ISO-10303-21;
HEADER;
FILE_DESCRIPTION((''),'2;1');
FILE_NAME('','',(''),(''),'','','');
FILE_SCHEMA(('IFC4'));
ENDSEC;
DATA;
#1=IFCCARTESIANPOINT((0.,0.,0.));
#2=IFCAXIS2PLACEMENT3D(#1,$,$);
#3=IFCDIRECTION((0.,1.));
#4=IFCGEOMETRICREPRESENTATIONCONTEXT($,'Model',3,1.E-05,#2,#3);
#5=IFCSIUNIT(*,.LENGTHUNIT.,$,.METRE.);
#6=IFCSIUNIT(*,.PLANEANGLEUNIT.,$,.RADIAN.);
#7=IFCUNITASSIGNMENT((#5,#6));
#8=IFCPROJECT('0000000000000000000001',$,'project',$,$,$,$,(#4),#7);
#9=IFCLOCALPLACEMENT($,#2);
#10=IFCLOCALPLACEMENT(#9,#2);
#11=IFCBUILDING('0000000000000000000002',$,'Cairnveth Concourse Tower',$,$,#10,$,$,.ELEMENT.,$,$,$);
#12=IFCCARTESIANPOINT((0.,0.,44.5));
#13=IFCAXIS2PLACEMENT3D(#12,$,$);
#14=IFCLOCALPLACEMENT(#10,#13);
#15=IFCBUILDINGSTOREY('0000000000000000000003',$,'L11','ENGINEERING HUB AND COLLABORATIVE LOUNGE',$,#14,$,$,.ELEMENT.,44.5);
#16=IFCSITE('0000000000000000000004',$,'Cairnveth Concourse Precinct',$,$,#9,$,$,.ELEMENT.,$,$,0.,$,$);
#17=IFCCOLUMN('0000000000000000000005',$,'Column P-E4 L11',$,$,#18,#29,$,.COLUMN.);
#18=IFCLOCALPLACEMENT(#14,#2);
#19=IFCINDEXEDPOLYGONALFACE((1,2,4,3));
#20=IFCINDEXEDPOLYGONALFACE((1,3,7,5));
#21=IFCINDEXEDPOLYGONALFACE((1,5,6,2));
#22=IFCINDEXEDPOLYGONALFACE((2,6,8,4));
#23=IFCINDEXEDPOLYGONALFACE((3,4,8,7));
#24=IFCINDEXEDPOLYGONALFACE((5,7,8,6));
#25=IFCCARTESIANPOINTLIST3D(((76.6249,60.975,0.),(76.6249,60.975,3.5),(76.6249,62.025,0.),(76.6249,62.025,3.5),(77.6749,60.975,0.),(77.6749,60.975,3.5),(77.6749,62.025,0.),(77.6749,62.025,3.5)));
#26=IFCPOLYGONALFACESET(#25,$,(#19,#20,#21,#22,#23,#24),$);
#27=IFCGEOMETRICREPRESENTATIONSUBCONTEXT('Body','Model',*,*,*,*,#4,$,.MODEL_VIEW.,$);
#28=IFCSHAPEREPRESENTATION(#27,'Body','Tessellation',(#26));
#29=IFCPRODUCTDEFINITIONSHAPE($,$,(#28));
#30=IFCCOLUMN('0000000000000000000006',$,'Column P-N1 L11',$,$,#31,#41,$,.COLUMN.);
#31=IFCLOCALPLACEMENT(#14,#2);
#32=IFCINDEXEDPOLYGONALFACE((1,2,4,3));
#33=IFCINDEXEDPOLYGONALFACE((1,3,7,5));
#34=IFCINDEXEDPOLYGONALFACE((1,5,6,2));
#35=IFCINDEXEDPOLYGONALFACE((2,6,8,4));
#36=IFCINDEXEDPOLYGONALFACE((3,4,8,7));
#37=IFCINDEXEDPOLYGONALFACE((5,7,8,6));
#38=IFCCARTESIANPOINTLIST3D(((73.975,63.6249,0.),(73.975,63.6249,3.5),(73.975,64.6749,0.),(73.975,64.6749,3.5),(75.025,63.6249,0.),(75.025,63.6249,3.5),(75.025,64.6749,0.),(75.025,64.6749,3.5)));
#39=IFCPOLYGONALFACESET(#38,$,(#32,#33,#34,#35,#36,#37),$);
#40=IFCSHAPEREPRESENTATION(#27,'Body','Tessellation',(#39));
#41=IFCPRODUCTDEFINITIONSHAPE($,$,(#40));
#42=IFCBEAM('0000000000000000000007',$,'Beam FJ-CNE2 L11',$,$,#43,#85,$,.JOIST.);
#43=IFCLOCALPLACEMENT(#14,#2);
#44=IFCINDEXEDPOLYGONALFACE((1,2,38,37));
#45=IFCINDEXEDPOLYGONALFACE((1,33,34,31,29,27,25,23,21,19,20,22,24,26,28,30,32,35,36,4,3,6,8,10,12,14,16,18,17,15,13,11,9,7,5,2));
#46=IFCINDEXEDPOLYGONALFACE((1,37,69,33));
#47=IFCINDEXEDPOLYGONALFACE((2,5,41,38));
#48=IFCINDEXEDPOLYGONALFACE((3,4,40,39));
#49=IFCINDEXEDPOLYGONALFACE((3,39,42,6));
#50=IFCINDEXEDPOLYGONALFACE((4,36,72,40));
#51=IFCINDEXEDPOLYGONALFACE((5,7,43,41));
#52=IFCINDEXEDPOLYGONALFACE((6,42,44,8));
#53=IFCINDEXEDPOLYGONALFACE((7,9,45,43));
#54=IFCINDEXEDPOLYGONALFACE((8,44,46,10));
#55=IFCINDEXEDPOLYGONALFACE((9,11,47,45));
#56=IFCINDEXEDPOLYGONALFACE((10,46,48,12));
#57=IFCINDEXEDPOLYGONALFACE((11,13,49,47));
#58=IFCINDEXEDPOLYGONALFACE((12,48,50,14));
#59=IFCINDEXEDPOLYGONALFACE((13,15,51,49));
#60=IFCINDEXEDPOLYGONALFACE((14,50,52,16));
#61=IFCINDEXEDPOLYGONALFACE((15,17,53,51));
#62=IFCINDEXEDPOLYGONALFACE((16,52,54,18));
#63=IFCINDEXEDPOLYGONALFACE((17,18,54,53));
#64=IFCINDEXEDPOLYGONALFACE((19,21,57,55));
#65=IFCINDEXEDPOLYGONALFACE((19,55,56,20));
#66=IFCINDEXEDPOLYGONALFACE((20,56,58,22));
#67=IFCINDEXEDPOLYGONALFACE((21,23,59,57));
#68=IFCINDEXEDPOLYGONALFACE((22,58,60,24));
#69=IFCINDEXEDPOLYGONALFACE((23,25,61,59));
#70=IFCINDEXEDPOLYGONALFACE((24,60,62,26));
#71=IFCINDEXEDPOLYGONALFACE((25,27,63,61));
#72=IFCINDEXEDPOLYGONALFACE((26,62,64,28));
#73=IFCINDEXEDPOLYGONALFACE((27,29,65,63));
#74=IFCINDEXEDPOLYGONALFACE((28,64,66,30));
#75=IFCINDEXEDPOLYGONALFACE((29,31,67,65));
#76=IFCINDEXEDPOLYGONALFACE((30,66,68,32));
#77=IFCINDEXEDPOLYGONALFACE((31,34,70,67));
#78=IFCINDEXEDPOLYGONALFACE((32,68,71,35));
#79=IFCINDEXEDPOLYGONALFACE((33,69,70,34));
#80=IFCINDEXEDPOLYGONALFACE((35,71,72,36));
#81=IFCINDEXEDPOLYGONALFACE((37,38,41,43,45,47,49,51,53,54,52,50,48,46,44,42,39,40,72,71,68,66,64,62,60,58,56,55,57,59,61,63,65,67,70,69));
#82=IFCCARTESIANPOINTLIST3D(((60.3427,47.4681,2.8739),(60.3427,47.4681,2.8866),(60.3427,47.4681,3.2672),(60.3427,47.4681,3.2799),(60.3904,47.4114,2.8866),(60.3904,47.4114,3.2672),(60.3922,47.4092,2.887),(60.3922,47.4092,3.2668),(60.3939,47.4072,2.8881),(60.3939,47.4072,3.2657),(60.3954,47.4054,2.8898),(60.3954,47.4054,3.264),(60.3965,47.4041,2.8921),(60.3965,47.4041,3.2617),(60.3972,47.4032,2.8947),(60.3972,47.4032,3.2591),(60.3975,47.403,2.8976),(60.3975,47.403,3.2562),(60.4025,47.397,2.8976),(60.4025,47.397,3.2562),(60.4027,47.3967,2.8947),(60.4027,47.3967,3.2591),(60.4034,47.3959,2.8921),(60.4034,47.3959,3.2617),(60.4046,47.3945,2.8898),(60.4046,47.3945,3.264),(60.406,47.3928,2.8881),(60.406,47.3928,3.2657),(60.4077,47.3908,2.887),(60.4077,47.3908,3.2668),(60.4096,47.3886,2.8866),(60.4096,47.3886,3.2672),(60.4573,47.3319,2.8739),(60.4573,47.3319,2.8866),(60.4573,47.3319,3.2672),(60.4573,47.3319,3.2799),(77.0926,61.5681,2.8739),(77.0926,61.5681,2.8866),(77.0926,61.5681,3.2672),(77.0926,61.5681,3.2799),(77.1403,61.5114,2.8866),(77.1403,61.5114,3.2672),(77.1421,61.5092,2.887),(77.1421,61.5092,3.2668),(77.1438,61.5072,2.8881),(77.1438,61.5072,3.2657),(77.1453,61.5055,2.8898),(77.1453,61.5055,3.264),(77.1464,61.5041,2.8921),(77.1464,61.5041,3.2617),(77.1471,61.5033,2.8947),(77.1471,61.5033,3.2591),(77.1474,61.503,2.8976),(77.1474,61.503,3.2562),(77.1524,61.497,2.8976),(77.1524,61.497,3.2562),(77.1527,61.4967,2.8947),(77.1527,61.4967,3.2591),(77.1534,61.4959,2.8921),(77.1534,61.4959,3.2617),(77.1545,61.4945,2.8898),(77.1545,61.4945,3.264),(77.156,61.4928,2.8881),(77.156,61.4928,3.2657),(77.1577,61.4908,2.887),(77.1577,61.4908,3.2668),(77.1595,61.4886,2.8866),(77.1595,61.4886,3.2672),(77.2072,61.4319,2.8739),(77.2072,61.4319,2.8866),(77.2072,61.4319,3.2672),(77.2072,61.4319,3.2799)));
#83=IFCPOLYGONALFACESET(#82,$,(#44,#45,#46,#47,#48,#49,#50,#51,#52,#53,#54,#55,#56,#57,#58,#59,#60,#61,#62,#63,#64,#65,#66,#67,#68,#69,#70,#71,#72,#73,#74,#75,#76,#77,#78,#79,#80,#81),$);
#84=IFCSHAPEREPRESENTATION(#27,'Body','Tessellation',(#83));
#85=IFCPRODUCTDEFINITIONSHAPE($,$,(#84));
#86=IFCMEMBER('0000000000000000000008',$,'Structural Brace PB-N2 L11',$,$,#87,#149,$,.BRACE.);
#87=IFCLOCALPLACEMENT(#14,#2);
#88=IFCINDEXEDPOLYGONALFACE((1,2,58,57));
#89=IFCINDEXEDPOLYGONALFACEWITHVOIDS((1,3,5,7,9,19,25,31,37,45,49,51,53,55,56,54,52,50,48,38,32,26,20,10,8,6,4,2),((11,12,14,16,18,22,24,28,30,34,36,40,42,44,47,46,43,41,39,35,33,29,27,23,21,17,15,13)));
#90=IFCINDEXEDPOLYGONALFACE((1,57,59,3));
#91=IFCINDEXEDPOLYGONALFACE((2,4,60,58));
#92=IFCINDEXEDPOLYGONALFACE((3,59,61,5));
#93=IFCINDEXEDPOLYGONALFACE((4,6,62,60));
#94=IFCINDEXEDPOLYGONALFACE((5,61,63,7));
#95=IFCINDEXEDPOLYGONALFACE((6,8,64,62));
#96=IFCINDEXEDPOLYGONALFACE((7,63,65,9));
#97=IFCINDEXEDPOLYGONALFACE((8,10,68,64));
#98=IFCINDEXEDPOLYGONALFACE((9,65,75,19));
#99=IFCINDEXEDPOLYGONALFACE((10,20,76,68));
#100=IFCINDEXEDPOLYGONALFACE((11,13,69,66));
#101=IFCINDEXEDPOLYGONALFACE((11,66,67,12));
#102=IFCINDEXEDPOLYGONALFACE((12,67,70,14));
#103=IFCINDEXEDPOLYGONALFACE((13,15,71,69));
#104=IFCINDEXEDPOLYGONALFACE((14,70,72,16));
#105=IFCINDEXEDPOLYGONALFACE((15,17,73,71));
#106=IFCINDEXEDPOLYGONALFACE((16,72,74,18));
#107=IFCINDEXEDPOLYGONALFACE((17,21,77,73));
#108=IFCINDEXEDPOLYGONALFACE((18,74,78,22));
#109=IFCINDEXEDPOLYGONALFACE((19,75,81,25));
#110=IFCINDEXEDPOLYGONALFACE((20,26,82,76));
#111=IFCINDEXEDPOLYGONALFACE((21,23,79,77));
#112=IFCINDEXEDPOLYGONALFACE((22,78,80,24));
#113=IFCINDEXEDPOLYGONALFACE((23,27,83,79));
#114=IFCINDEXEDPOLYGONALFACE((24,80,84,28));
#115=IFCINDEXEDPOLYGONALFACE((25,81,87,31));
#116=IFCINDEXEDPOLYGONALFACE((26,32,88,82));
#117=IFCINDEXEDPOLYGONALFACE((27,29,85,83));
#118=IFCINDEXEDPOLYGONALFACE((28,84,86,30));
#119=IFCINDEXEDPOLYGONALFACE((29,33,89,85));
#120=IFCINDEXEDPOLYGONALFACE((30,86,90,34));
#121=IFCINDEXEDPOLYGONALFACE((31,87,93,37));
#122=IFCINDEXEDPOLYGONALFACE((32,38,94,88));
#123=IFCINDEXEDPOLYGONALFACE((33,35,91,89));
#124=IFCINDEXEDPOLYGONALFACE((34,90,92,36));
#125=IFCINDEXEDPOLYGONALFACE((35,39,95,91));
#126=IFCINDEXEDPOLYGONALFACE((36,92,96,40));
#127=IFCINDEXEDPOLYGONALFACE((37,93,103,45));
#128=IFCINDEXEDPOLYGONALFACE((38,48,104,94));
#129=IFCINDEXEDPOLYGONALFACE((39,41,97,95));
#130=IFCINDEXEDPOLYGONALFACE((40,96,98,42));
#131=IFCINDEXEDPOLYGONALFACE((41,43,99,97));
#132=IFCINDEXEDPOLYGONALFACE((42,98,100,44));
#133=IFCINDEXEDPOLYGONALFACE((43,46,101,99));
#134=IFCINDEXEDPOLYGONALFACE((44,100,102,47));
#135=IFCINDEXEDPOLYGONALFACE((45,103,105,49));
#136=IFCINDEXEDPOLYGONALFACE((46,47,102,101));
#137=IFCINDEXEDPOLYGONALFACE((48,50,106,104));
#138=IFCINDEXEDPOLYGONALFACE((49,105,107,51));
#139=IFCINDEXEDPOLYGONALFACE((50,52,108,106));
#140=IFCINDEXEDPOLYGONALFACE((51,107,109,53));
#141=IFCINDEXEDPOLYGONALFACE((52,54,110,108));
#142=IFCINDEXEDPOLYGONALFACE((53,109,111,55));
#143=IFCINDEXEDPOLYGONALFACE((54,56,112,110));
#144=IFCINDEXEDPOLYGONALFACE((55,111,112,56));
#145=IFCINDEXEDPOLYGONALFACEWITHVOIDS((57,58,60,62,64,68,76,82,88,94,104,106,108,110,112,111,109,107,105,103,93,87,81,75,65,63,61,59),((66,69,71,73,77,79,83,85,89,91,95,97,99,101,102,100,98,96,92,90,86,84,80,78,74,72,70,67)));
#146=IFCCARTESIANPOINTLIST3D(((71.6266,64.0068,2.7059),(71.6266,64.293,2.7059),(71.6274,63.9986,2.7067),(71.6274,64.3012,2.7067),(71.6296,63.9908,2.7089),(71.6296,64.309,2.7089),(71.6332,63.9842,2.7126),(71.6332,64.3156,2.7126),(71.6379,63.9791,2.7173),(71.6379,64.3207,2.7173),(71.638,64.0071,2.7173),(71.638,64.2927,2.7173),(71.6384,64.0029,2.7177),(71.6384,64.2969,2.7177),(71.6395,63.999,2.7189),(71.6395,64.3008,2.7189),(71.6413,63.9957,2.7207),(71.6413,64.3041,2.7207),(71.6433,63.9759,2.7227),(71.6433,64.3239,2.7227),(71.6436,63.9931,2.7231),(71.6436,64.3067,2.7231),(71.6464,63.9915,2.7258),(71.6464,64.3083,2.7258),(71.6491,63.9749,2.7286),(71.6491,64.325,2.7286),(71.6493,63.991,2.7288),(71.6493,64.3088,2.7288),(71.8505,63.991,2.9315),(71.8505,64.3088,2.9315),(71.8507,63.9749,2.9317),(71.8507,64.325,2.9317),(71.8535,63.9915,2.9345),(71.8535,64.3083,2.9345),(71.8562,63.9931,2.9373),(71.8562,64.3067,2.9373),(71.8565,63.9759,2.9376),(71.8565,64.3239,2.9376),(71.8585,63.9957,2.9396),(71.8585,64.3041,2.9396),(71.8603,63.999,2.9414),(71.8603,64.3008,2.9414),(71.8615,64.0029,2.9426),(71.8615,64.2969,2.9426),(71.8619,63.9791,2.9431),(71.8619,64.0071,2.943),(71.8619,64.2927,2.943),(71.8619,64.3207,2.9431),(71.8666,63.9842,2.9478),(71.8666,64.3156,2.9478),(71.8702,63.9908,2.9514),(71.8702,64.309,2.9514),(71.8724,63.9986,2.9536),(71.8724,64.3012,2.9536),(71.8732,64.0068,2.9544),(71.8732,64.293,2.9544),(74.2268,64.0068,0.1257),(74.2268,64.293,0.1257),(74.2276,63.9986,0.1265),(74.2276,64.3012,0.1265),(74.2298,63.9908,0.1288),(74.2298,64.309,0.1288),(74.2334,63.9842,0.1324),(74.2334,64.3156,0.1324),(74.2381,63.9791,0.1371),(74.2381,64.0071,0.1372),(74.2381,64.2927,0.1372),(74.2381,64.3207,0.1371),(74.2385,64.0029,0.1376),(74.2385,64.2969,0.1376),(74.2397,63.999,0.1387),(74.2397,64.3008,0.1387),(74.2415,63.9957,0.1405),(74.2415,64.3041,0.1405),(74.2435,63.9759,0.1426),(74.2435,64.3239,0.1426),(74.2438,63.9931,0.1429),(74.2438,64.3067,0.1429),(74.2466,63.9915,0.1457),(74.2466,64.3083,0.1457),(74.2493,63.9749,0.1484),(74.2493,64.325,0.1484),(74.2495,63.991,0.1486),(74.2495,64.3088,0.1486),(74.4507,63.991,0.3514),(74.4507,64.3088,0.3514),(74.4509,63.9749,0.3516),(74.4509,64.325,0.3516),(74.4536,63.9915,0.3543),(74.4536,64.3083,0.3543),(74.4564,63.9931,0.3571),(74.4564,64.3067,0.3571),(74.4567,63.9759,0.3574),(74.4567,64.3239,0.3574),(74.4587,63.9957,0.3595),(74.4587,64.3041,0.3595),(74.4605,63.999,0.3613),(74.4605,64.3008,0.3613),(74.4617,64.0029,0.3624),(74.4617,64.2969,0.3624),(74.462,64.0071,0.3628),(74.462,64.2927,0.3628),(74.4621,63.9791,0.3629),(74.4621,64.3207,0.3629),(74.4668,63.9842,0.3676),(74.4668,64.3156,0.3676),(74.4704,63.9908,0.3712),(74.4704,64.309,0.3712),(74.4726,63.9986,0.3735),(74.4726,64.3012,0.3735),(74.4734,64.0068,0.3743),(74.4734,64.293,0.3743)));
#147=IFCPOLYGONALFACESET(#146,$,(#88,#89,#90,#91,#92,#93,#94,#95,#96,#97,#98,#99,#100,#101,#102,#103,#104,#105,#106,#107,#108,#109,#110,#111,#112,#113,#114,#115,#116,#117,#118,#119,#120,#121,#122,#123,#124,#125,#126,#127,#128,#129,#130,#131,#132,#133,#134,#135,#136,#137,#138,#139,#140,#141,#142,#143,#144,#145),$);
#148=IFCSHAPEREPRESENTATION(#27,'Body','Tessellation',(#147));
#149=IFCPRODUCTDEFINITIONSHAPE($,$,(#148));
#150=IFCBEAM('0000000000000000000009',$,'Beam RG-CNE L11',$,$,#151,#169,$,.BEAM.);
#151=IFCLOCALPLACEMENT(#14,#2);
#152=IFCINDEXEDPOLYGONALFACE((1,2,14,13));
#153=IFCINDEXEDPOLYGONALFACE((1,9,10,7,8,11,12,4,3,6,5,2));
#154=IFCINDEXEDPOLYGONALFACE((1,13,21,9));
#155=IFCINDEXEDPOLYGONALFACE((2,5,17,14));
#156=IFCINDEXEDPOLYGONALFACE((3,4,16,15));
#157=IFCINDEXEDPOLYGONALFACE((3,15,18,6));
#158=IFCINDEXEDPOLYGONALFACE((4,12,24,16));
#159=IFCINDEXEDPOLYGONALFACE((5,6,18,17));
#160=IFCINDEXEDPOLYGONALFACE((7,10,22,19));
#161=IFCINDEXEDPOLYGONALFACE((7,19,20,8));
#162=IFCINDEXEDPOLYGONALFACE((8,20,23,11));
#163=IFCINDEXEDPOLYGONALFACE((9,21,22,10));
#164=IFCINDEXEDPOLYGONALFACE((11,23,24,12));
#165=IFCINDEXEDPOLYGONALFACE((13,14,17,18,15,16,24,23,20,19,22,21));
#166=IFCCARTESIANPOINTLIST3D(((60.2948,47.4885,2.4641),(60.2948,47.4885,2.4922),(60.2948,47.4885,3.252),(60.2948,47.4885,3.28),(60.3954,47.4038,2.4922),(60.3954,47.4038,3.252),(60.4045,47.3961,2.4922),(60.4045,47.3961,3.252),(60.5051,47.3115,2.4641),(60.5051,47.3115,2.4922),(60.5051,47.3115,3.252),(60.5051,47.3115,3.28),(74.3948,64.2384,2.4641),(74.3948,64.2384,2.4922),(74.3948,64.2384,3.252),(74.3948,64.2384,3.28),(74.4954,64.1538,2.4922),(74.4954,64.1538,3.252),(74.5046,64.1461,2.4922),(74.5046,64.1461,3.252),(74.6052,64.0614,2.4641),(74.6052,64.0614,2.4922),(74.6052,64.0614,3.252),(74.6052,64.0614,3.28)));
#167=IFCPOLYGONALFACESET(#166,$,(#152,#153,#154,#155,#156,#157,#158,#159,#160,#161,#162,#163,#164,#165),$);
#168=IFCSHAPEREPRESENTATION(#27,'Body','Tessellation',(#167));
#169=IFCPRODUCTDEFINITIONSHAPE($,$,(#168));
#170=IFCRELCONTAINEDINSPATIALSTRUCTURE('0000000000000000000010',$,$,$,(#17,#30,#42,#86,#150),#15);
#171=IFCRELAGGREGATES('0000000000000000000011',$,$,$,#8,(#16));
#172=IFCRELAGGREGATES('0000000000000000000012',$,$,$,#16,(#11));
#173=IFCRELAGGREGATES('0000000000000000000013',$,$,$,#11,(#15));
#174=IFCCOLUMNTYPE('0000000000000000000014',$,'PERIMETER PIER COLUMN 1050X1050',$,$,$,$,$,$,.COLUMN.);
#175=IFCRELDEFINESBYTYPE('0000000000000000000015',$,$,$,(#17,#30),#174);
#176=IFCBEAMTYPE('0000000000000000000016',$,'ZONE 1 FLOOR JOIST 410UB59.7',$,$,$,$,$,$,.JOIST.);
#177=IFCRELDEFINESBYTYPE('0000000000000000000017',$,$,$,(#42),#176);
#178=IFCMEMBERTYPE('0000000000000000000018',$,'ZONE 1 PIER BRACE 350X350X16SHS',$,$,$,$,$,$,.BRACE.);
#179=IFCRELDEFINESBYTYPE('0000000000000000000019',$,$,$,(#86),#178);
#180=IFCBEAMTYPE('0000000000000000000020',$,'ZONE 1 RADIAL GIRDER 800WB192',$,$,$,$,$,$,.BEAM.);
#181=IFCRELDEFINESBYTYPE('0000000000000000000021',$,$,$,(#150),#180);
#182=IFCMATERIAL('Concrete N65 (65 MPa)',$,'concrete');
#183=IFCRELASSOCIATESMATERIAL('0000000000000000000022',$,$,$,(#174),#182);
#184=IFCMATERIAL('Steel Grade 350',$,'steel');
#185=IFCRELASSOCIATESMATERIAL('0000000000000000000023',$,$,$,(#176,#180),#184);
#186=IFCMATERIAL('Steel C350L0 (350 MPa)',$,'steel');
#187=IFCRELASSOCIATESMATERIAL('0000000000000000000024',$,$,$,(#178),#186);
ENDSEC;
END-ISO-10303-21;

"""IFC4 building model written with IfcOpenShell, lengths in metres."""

from ifc_helpers import new_model, si_unit, direction, frame, origin, origin_2d, place, context, subcontext, project, spatial, rectangle, hollow_rectangle, i_section, extrude, material, material_profile, profile_set, type_object, element, save


model = new_model("IFC4")

# Units and contexts
model_context = context("Model", 3, precision=1e-05, world=origin(), true_north=direction((0.0, 1.0)))
body_context = subcontext(model_context, "Body", "Model", "MODEL_VIEW")
ifc_project = project(units=[si_unit("LENGTHUNIT", "METRE"), si_unit("PLANEANGLEUNIT", "RADIAN")], contexts=[model_context])

# Site, building, storey
site_placement = place(None, origin())
site = spatial("IfcSite", under=ifc_project, at=site_placement, Name="Cairnveth Concourse Precinct", CompositionType="ELEMENT", RefElevation=0.0)
building_placement = place(site_placement, origin())
building = spatial("IfcBuilding", under=site, at=building_placement, Name="Cairnveth Concourse Tower", CompositionType="ELEMENT")
storey_placement = place(building_placement, frame((0.0, 0.0, 44.5)))
storey = spatial("IfcBuildingStorey", under=building, at=storey_placement, Name="L11", Description="ENGINEERING HUB AND COLLABORATIVE LOUNGE", CompositionType="ELEMENT", Elevation=44.5)

# Columns
ifc_material_1 = material(Name="Concrete N65 (65 MPa)", Category="concrete")
ifc_material_profile_1 = material_profile(ifc_material_1, rectangle(XDim=1.05, YDim=1.05, at=origin_2d()), Name="RC-COL-1050x1050")
ifc_profile_set_1 = profile_set([ifc_material_profile_1], Name="Concrete N65 (65 MPa)")
column_type = type_object("IfcColumnType", Name="PERIMETER PIER COLUMN 1050X1050", PredefinedType="COLUMN", material=ifc_profile_set_1)
for number, where, z_axis, x_axis, name in (
    (1, (77.1499, 61.5, 0.0), (0.0, 0.0, 1.0), (0.0, 1.0, 0.0), "Column P-E4 L11"),
    (2, (74.5, 64.1499, 0.0), (0.0, 0.0, 1.0), (1.0, 0.0, 0.0), "Column P-N1 L11"),
):
    element("IfcColumn", number, at=place(storey_placement, frame(where, z_axis=z_axis, x_axis=x_axis)), inside=storey, type_object=column_type, Name=name, PredefinedType="COLUMN", context=body_context, shape_type="SweptSolid", body=[
        extrude(rectangle(XDim=1.05, YDim=1.05, at=origin_2d()), origin(), (0.0, 0.0, 1.0), 3.5),
    ])

# Beam
ifc_material_2 = material(Name="Steel Grade 350", Category="steel")
ifc_material_profile_2 = material_profile(ifc_material_2, i_section(OverallWidth=0.178, OverallDepth=0.406, WebThickness=0.0078, FlangeThickness=0.0127, FilletRadius=0.011, at=origin_2d()), Name="410UB59.7")
ifc_profile_set_2 = profile_set([ifc_material_profile_2], Name="Steel Grade 350")
beam_type_1 = type_object("IfcBeamType", Name="ZONE 1 FLOOR JOIST 410UB59.7", PredefinedType="JOIST", material=ifc_profile_set_2)
beam_1_placement = place(storey_placement, frame((77.1499, 61.5, 3.0769), z_axis=(-0.765027, -0.643998, 0.0), x_axis=(0.643998, -0.765027, 0.0)))
element("IfcBeam", 3, at=beam_1_placement, inside=storey, type_object=beam_type_1, Name="Beam FJ-CNE2 L11", PredefinedType="JOIST", context=body_context, shape_type="SweptSolid", body=[
    extrude(i_section(OverallWidth=0.178, OverallDepth=0.406, WebThickness=0.0078, FlangeThickness=0.0127, FilletRadius=0.011, at=origin_2d()), origin(), (0.0, 0.0, 1.0), 21.8945),
])

# Member
ifc_material_3 = material(Name="Steel C350L0 (350 MPa)", Category="steel")
ifc_material_profile_3 = material_profile(ifc_material_3, hollow_rectangle(XDim=0.3501, YDim=0.3501, WallThickness=0.0161, InnerFilletRadius=0.0161, OuterFilletRadius=0.032, at=origin_2d()), Name="350x350x16.0SHS")
ifc_profile_set_3 = profile_set([ifc_material_profile_3], Name="Steel C350L0 (350 MPa)")
member_type = type_object("IfcMemberType", Name="ZONE 1 PIER BRACE 350X350X16SHS", PredefinedType="BRACE", material=ifc_profile_set_3)
member_placement = place(storey_placement, frame((74.3501, 64.1499, 0.25), z_axis=(-0.709834, 0.0, 0.704369), x_axis=(0.0, -1.0, 0.0)))
element("IfcMember", 4, at=member_placement, inside=storey, type_object=member_type, Name="Structural Brace PB-N2 L11", PredefinedType="BRACE", context=body_context, shape_type="SweptSolid", body=[
    extrude(hollow_rectangle(XDim=0.3501, YDim=0.3501, WallThickness=0.0161, InnerFilletRadius=0.0161, OuterFilletRadius=0.032, at=origin_2d()), origin(), (0.0, 0.0, 1.0), 3.6631),
])

# Beam
ifc_material_profile_4 = material_profile(ifc_material_2, i_section(OverallWidth=0.2749, OverallDepth=0.8159, WebThickness=0.012, FlangeThickness=0.0281, at=origin_2d()), Name="800WB192")
ifc_profile_set_4 = profile_set([ifc_material_profile_4], Name="Steel Grade 350")
beam_type_2 = type_object("IfcBeamType", Name="ZONE 1 RADIAL GIRDER 800WB192", PredefinedType="BEAM", material=ifc_profile_set_4)
beam_2_placement = place(storey_placement, frame((74.5, 64.1499, 2.8721), z_axis=(-0.643998, -0.765027, 0.0), x_axis=(0.765027, -0.643998, 0.0)))
element("IfcBeam", 5, at=beam_2_placement, inside=storey, type_object=beam_type_2, Name="Beam RG-CNE L11", PredefinedType="BEAM", context=body_context, shape_type="SweptSolid", body=[
    extrude(i_section(OverallWidth=0.2749, OverallDepth=0.8159, WebThickness=0.012, FlangeThickness=0.0281, at=origin_2d()), origin(), (0.0, 0.0, 1.0), 21.8945),
])

save(model, "model.ifc")
